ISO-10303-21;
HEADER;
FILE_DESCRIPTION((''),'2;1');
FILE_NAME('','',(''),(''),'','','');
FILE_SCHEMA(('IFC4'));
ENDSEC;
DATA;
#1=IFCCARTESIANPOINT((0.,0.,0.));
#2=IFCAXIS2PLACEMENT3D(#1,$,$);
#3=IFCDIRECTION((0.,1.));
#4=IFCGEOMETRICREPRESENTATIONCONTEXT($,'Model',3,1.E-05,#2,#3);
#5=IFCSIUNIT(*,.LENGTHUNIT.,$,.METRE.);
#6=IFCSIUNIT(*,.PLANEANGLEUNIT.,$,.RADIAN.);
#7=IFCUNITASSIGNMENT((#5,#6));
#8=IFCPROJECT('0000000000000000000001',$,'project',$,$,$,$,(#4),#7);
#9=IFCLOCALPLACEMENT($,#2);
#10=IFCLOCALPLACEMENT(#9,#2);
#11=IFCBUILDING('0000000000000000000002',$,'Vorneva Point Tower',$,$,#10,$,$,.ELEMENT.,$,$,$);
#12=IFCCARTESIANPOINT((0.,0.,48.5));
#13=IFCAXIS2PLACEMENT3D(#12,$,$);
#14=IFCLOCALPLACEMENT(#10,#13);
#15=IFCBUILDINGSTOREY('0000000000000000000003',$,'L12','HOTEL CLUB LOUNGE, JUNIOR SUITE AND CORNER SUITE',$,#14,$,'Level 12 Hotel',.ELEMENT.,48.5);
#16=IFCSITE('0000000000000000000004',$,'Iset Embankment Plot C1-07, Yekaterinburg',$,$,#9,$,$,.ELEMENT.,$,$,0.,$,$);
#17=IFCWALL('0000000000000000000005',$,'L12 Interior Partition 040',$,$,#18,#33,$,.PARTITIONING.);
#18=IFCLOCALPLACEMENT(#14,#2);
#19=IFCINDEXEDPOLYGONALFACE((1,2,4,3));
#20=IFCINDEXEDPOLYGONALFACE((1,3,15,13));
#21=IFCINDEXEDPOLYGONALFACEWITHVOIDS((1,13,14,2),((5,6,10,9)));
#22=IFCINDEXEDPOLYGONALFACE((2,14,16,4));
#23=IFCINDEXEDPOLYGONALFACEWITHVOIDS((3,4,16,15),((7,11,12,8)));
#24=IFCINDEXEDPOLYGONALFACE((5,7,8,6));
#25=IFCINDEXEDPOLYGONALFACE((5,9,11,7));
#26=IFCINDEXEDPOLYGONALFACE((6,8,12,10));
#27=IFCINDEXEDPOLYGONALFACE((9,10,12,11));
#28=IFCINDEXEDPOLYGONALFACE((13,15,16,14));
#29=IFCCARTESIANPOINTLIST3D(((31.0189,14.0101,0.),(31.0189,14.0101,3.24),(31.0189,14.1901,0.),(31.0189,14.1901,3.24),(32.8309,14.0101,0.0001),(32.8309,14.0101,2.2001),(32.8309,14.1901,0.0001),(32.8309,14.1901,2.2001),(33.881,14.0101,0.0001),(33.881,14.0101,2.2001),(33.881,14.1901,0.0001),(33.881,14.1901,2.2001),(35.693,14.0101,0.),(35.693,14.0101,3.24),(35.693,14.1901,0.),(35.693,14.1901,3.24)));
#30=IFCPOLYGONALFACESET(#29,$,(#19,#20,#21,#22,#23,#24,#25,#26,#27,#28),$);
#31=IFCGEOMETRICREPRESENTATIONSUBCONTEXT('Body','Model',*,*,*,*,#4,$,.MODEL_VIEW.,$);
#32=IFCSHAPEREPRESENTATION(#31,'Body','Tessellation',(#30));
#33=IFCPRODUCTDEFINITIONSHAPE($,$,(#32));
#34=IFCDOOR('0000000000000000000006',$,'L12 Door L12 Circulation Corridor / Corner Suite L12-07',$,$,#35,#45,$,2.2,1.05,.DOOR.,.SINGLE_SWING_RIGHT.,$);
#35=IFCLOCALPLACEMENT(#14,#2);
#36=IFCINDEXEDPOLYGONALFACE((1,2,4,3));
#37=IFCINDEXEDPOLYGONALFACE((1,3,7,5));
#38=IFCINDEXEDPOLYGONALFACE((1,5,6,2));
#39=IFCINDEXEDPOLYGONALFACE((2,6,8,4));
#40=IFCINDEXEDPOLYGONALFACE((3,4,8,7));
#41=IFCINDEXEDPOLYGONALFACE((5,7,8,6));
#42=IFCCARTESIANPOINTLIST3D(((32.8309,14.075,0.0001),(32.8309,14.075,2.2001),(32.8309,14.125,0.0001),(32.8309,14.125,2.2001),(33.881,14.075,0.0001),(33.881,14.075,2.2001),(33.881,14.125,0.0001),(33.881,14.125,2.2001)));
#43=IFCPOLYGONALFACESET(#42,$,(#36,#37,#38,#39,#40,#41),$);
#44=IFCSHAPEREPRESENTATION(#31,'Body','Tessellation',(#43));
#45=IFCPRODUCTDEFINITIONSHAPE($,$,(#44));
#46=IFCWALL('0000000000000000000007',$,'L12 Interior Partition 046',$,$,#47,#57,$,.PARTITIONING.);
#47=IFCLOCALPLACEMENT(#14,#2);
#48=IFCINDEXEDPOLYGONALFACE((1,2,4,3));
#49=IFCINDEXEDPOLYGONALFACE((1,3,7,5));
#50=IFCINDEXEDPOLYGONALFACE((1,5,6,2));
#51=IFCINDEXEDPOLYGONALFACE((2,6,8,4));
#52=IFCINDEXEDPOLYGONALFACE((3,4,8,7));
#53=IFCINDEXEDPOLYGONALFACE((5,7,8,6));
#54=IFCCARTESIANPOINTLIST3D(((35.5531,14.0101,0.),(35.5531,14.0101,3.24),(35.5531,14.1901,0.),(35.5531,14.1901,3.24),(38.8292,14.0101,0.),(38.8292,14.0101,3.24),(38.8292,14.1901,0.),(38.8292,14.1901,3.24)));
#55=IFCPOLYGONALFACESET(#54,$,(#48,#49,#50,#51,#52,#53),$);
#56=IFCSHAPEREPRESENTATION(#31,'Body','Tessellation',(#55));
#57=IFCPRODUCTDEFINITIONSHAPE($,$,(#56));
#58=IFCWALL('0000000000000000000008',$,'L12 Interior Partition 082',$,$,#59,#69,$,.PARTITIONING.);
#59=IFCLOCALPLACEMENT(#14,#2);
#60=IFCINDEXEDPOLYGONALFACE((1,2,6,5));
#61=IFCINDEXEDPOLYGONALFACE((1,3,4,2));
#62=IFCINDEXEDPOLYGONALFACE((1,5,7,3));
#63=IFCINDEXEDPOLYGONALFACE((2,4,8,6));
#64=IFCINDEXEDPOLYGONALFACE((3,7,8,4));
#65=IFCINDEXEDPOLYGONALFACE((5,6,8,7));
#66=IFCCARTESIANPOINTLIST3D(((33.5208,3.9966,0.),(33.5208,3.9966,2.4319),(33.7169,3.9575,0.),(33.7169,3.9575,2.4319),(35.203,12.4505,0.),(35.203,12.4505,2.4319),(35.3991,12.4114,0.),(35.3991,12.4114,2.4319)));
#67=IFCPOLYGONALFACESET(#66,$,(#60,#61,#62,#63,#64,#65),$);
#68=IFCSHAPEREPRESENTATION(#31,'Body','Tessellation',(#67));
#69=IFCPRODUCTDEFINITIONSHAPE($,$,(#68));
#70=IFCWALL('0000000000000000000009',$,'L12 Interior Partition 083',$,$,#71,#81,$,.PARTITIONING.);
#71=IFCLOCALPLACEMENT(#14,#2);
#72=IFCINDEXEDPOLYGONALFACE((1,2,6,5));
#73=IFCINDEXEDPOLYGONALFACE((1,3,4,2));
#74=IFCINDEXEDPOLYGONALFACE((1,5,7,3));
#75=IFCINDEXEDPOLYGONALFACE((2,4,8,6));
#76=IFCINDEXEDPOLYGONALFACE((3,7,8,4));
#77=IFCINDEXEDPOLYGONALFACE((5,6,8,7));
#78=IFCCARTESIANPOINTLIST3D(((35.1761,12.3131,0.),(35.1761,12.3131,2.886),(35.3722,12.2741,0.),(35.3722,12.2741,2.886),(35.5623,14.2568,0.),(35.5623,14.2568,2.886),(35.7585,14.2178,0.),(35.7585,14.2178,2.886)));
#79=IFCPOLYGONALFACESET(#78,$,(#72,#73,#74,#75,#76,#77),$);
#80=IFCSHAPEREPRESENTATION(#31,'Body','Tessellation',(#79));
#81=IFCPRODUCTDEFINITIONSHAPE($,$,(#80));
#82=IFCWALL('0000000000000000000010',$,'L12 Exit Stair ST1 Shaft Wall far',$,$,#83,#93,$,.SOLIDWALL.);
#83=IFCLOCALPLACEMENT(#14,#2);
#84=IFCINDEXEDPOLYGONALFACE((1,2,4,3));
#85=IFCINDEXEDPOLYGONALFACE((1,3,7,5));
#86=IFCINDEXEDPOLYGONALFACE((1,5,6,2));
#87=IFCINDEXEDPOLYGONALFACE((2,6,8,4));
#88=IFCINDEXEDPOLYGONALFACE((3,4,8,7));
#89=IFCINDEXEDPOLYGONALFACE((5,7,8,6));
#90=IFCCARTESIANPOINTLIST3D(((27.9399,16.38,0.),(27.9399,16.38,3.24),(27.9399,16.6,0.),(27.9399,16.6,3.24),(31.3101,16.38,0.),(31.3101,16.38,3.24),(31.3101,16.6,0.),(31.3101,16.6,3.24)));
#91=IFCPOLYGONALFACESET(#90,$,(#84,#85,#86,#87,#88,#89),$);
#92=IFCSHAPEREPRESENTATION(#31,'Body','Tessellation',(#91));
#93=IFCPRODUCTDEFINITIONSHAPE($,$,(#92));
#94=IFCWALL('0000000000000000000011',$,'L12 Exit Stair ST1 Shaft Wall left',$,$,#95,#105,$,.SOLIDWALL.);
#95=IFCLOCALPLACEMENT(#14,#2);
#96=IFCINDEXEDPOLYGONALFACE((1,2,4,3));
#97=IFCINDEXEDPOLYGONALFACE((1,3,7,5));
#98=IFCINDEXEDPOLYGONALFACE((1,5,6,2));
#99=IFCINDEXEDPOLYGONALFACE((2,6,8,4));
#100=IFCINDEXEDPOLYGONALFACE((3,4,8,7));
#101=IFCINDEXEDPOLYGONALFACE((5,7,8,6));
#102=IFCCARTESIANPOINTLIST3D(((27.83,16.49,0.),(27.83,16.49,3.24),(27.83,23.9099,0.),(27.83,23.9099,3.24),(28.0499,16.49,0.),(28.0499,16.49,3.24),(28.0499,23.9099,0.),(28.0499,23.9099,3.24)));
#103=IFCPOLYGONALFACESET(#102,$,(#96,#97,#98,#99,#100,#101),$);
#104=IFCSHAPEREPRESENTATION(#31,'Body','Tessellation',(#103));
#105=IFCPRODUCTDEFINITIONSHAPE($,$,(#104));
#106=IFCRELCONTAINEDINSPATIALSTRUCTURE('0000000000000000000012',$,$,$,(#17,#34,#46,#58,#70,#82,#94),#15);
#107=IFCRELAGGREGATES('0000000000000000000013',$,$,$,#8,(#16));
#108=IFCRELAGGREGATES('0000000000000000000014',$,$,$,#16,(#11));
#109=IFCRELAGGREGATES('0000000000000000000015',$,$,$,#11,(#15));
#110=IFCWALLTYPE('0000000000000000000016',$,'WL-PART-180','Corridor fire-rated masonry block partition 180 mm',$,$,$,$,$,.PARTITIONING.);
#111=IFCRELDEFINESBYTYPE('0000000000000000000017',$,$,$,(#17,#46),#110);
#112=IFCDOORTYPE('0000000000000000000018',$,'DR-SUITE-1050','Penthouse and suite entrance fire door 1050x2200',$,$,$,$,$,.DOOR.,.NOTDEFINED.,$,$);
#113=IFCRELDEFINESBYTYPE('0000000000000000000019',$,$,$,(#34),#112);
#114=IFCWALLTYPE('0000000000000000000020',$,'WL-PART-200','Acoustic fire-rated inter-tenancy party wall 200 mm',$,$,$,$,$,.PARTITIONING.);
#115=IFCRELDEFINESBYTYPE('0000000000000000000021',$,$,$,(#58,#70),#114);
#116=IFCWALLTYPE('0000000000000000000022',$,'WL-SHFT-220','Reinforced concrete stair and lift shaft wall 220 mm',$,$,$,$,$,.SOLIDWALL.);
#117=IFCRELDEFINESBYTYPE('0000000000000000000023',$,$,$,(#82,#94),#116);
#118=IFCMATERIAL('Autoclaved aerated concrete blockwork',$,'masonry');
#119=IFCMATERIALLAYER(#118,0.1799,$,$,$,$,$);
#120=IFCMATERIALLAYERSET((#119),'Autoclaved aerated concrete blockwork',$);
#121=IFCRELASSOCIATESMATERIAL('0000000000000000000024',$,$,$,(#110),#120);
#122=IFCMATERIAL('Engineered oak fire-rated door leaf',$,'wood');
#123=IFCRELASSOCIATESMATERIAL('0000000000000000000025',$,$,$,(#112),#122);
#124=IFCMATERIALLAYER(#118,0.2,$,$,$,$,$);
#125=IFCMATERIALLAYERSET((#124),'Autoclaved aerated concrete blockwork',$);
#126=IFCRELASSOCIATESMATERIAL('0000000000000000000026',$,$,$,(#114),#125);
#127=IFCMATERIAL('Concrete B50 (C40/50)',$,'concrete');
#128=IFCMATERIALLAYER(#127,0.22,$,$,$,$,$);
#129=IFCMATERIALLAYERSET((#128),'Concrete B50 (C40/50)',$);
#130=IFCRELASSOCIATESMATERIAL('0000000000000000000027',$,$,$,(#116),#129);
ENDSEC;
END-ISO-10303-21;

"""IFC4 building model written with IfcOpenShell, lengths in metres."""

from ifc_helpers import new_model, si_unit, direction, frame, frame_2d, origin, place, context, subcontext, project, spatial, rectangle, extrude, material, layer, layer_set, type_object, element, fill, save


model = new_model("IFC4")

# Units and contexts
model_context = context("Model", 3, precision=1e-05, world=origin(), true_north=direction((0.0, 1.0)))
body_context = subcontext(model_context, "Body", "Model", "MODEL_VIEW")
ifc_project = project(units=[si_unit("LENGTHUNIT", "METRE"), si_unit("PLANEANGLEUNIT", "RADIAN")], contexts=[model_context])

# Site, building, storey
site_placement = place(None, origin())
site = spatial("IfcSite", under=ifc_project, at=site_placement, Name="Iset Embankment Plot C1-07, Yekaterinburg", CompositionType="ELEMENT", RefElevation=0.0)
building_placement = place(site_placement, origin())
building = spatial("IfcBuilding", under=site, at=building_placement, Name="Vorneva Point Tower", CompositionType="ELEMENT")
storey_placement = place(building_placement, frame((0.0, 0.0, 48.5)))
storey = spatial("IfcBuildingStorey", under=building, at=storey_placement, Name="L12", Description="HOTEL CLUB LOUNGE, JUNIOR SUITE AND CORNER SUITE", LongName="Level 12 Hotel", CompositionType="ELEMENT", Elevation=48.5)

# Shared definitions
ifc_material_1 = material(Name="Engineered oak fire-rated door leaf", Category="wood")

# Shared definitions
ifc_material_2 = material(Name="Autoclaved aerated concrete blockwork", Category="masonry")
ifc_layer_1 = layer(ifc_material_2, 0.1799)
ifc_layer_set_1 = layer_set([ifc_layer_1], Name="Autoclaved aerated concrete blockwork")
wall_type_1 = type_object("IfcWallType", Name="WL-PART-180", Description="Corridor fire-rated masonry block partition 180 mm", PredefinedType="PARTITIONING", material=ifc_layer_set_1)

# Wall, opening, door
wall_1_placement = place(storey_placement, frame((31.019, 14.1001, 0.0), z_axis=(0.0, 0.0, 1.0), x_axis=(1.0, 0.0, 0.0)))
wall_1 = element("IfcWall", 1, at=wall_1_placement, inside=storey, type_object=wall_type_1, Name="L12 Interior Partition 040", PredefinedType="PARTITIONING", context=body_context, shape_type="SweptSolid", body=[
    extrude(rectangle(XDim=4.6741, YDim=0.1799, at=frame_2d((2.3369, 0.0))), origin(), (0.0, 0.0, 1.0), 3.24),
])
opening_1_placement = place(wall_1_placement, frame((1.812, 0.0, 0.0)))
opening_1 = element("IfcOpeningElement", 2, at=opening_1_placement, cuts=wall_1, PredefinedType="OPENING", context=body_context, shape_type="SweptSolid", body=[
    extrude(rectangle(XDim=1.05, YDim=2.2, at=frame_2d((0.5249, 1.1001))), frame((0.0, 0.105, 0.0), z_axis=(0.0, -1.0, 0.0), x_axis=(1.0, 0.0, 0.0)), (0.0, 0.0, 1.0), 0.2097),
])
door_type_1 = type_object("IfcDoorType", Name="DR-SUITE-1050", Description="Penthouse and suite entrance fire door 1050x2200", OperationType="NOTDEFINED", PredefinedType="DOOR", material=ifc_material_1)
door_1_placement = place(opening_1_placement, origin())
door_1 = element("IfcDoor", 3, at=door_1_placement, inside=storey, type_object=door_type_1, Name="L12 Door L12 Circulation Corridor / Corner Suite L12-07", OperationType="SINGLE_SWING_RIGHT", OverallHeight=2.2, OverallWidth=1.05, PredefinedType="DOOR", context=body_context, shape_type="SweptSolid", body=[
    extrude(rectangle(XDim=1.05, YDim=2.2, at=frame_2d((0.5249, 1.1001))), frame((0.0, 0.0249, 0.0), z_axis=(0.0, -1.0, 0.0), x_axis=(1.0, 0.0, 0.0)), (0.0, 0.0, 1.0), 0.05),
])
fill(opening_1, door_1)

# Walls
wall_2_placement = place(storey_placement, frame((35.553, 14.1001, 0.0), z_axis=(0.0, 0.0, 1.0), x_axis=(1.0, 0.0, 0.0)))
element("IfcWall", 4, at=wall_2_placement, inside=storey, type_object=wall_type_1, Name="L12 Interior Partition 046", PredefinedType="PARTITIONING", context=body_context, shape_type="SweptSolid", body=[
    extrude(rectangle(XDim=3.2761, YDim=0.1799, at=frame_2d((1.6382, 0.0))), origin(), (0.0, 0.0, 1.0), 3.24),
])
ifc_layer_2 = layer(ifc_material_2, 0.2)
ifc_layer_set_2 = layer_set([ifc_layer_2], Name="Autoclaved aerated concrete blockwork")
wall_type_2 = type_object("IfcWallType", Name="WL-PART-200", Description="Acoustic fire-rated inter-tenancy party wall 200 mm", PredefinedType="PARTITIONING", material=ifc_layer_set_2)
wall_3_placement = place(storey_placement, frame((33.6189, 3.9771, 0.0), z_axis=(0.0, 0.0, 1.0), x_axis=(0.195152, 0.980773, 0.0)))
element("IfcWall", 5, at=wall_3_placement, inside=storey, type_object=wall_type_2, Name="L12 Interior Partition 082", PredefinedType="PARTITIONING", context=body_context, shape_type="SweptSolid", body=[
    extrude(rectangle(XDim=8.6196, YDim=0.2, at=frame_2d((4.3098, 0.0))), origin(), (0.0, 0.0, 1.0), 2.4319),
])
wall_4_placement = place(storey_placement, frame((35.2742, 12.2937, 0.0), z_axis=(0.0, 0.0, 1.0), x_axis=(0.194908, 0.980822, 0.0)))
element("IfcWall", 6, at=wall_4_placement, inside=storey, type_object=wall_type_2, Name="L12 Interior Partition 083", PredefinedType="PARTITIONING", context=body_context, shape_type="SweptSolid", body=[
    extrude(rectangle(XDim=1.9817, YDim=0.2, at=frame_2d((0.9907, 0.0))), origin(), (0.0, 0.0, 1.0), 2.886),
])
ifc_material_3 = material(Name="Concrete B50 (C40/50)", Category="concrete")
ifc_layer_3 = layer(ifc_material_3, 0.22)
ifc_layer_set_3 = layer_set([ifc_layer_3], Name="Concrete B50 (C40/50)")
wall_type_3 = type_object("IfcWallType", Name="WL-SHFT-220", Description="Reinforced concrete stair and lift shaft wall 220 mm", PredefinedType="SOLIDWALL", material=ifc_layer_set_3)
wall_5_placement = place(storey_placement, frame((31.3101, 16.49, 0.0), z_axis=(0.0, 0.0, 1.0), x_axis=(-1.0, 0.0, 0.0)))
element("IfcWall", 7, at=wall_5_placement, inside=storey, type_object=wall_type_3, Name="L12 Exit Stair ST1 Shaft Wall far", PredefinedType="SOLIDWALL", context=body_context, shape_type="SweptSolid", body=[
    extrude(rectangle(XDim=3.3701, YDim=0.22, at=frame_2d((1.6851, 0.0))), origin(), (0.0, 0.0, 1.0), 3.24),
])
wall_6_placement = place(storey_placement, frame((27.9399, 16.49, 0.0), z_axis=(0.0, 0.0, 1.0), x_axis=(0.0, 1.0, 0.0)))
element("IfcWall", 8, at=wall_6_placement, inside=storey, type_object=wall_type_3, Name="L12 Exit Stair ST1 Shaft Wall left", PredefinedType="SOLIDWALL", context=body_context, shape_type="SweptSolid", body=[
    extrude(rectangle(XDim=7.4199, YDim=0.22, at=frame_2d((3.71, 0.0))), origin(), (0.0, 0.0, 1.0), 3.24),
])

save(model, "model.ifc")
